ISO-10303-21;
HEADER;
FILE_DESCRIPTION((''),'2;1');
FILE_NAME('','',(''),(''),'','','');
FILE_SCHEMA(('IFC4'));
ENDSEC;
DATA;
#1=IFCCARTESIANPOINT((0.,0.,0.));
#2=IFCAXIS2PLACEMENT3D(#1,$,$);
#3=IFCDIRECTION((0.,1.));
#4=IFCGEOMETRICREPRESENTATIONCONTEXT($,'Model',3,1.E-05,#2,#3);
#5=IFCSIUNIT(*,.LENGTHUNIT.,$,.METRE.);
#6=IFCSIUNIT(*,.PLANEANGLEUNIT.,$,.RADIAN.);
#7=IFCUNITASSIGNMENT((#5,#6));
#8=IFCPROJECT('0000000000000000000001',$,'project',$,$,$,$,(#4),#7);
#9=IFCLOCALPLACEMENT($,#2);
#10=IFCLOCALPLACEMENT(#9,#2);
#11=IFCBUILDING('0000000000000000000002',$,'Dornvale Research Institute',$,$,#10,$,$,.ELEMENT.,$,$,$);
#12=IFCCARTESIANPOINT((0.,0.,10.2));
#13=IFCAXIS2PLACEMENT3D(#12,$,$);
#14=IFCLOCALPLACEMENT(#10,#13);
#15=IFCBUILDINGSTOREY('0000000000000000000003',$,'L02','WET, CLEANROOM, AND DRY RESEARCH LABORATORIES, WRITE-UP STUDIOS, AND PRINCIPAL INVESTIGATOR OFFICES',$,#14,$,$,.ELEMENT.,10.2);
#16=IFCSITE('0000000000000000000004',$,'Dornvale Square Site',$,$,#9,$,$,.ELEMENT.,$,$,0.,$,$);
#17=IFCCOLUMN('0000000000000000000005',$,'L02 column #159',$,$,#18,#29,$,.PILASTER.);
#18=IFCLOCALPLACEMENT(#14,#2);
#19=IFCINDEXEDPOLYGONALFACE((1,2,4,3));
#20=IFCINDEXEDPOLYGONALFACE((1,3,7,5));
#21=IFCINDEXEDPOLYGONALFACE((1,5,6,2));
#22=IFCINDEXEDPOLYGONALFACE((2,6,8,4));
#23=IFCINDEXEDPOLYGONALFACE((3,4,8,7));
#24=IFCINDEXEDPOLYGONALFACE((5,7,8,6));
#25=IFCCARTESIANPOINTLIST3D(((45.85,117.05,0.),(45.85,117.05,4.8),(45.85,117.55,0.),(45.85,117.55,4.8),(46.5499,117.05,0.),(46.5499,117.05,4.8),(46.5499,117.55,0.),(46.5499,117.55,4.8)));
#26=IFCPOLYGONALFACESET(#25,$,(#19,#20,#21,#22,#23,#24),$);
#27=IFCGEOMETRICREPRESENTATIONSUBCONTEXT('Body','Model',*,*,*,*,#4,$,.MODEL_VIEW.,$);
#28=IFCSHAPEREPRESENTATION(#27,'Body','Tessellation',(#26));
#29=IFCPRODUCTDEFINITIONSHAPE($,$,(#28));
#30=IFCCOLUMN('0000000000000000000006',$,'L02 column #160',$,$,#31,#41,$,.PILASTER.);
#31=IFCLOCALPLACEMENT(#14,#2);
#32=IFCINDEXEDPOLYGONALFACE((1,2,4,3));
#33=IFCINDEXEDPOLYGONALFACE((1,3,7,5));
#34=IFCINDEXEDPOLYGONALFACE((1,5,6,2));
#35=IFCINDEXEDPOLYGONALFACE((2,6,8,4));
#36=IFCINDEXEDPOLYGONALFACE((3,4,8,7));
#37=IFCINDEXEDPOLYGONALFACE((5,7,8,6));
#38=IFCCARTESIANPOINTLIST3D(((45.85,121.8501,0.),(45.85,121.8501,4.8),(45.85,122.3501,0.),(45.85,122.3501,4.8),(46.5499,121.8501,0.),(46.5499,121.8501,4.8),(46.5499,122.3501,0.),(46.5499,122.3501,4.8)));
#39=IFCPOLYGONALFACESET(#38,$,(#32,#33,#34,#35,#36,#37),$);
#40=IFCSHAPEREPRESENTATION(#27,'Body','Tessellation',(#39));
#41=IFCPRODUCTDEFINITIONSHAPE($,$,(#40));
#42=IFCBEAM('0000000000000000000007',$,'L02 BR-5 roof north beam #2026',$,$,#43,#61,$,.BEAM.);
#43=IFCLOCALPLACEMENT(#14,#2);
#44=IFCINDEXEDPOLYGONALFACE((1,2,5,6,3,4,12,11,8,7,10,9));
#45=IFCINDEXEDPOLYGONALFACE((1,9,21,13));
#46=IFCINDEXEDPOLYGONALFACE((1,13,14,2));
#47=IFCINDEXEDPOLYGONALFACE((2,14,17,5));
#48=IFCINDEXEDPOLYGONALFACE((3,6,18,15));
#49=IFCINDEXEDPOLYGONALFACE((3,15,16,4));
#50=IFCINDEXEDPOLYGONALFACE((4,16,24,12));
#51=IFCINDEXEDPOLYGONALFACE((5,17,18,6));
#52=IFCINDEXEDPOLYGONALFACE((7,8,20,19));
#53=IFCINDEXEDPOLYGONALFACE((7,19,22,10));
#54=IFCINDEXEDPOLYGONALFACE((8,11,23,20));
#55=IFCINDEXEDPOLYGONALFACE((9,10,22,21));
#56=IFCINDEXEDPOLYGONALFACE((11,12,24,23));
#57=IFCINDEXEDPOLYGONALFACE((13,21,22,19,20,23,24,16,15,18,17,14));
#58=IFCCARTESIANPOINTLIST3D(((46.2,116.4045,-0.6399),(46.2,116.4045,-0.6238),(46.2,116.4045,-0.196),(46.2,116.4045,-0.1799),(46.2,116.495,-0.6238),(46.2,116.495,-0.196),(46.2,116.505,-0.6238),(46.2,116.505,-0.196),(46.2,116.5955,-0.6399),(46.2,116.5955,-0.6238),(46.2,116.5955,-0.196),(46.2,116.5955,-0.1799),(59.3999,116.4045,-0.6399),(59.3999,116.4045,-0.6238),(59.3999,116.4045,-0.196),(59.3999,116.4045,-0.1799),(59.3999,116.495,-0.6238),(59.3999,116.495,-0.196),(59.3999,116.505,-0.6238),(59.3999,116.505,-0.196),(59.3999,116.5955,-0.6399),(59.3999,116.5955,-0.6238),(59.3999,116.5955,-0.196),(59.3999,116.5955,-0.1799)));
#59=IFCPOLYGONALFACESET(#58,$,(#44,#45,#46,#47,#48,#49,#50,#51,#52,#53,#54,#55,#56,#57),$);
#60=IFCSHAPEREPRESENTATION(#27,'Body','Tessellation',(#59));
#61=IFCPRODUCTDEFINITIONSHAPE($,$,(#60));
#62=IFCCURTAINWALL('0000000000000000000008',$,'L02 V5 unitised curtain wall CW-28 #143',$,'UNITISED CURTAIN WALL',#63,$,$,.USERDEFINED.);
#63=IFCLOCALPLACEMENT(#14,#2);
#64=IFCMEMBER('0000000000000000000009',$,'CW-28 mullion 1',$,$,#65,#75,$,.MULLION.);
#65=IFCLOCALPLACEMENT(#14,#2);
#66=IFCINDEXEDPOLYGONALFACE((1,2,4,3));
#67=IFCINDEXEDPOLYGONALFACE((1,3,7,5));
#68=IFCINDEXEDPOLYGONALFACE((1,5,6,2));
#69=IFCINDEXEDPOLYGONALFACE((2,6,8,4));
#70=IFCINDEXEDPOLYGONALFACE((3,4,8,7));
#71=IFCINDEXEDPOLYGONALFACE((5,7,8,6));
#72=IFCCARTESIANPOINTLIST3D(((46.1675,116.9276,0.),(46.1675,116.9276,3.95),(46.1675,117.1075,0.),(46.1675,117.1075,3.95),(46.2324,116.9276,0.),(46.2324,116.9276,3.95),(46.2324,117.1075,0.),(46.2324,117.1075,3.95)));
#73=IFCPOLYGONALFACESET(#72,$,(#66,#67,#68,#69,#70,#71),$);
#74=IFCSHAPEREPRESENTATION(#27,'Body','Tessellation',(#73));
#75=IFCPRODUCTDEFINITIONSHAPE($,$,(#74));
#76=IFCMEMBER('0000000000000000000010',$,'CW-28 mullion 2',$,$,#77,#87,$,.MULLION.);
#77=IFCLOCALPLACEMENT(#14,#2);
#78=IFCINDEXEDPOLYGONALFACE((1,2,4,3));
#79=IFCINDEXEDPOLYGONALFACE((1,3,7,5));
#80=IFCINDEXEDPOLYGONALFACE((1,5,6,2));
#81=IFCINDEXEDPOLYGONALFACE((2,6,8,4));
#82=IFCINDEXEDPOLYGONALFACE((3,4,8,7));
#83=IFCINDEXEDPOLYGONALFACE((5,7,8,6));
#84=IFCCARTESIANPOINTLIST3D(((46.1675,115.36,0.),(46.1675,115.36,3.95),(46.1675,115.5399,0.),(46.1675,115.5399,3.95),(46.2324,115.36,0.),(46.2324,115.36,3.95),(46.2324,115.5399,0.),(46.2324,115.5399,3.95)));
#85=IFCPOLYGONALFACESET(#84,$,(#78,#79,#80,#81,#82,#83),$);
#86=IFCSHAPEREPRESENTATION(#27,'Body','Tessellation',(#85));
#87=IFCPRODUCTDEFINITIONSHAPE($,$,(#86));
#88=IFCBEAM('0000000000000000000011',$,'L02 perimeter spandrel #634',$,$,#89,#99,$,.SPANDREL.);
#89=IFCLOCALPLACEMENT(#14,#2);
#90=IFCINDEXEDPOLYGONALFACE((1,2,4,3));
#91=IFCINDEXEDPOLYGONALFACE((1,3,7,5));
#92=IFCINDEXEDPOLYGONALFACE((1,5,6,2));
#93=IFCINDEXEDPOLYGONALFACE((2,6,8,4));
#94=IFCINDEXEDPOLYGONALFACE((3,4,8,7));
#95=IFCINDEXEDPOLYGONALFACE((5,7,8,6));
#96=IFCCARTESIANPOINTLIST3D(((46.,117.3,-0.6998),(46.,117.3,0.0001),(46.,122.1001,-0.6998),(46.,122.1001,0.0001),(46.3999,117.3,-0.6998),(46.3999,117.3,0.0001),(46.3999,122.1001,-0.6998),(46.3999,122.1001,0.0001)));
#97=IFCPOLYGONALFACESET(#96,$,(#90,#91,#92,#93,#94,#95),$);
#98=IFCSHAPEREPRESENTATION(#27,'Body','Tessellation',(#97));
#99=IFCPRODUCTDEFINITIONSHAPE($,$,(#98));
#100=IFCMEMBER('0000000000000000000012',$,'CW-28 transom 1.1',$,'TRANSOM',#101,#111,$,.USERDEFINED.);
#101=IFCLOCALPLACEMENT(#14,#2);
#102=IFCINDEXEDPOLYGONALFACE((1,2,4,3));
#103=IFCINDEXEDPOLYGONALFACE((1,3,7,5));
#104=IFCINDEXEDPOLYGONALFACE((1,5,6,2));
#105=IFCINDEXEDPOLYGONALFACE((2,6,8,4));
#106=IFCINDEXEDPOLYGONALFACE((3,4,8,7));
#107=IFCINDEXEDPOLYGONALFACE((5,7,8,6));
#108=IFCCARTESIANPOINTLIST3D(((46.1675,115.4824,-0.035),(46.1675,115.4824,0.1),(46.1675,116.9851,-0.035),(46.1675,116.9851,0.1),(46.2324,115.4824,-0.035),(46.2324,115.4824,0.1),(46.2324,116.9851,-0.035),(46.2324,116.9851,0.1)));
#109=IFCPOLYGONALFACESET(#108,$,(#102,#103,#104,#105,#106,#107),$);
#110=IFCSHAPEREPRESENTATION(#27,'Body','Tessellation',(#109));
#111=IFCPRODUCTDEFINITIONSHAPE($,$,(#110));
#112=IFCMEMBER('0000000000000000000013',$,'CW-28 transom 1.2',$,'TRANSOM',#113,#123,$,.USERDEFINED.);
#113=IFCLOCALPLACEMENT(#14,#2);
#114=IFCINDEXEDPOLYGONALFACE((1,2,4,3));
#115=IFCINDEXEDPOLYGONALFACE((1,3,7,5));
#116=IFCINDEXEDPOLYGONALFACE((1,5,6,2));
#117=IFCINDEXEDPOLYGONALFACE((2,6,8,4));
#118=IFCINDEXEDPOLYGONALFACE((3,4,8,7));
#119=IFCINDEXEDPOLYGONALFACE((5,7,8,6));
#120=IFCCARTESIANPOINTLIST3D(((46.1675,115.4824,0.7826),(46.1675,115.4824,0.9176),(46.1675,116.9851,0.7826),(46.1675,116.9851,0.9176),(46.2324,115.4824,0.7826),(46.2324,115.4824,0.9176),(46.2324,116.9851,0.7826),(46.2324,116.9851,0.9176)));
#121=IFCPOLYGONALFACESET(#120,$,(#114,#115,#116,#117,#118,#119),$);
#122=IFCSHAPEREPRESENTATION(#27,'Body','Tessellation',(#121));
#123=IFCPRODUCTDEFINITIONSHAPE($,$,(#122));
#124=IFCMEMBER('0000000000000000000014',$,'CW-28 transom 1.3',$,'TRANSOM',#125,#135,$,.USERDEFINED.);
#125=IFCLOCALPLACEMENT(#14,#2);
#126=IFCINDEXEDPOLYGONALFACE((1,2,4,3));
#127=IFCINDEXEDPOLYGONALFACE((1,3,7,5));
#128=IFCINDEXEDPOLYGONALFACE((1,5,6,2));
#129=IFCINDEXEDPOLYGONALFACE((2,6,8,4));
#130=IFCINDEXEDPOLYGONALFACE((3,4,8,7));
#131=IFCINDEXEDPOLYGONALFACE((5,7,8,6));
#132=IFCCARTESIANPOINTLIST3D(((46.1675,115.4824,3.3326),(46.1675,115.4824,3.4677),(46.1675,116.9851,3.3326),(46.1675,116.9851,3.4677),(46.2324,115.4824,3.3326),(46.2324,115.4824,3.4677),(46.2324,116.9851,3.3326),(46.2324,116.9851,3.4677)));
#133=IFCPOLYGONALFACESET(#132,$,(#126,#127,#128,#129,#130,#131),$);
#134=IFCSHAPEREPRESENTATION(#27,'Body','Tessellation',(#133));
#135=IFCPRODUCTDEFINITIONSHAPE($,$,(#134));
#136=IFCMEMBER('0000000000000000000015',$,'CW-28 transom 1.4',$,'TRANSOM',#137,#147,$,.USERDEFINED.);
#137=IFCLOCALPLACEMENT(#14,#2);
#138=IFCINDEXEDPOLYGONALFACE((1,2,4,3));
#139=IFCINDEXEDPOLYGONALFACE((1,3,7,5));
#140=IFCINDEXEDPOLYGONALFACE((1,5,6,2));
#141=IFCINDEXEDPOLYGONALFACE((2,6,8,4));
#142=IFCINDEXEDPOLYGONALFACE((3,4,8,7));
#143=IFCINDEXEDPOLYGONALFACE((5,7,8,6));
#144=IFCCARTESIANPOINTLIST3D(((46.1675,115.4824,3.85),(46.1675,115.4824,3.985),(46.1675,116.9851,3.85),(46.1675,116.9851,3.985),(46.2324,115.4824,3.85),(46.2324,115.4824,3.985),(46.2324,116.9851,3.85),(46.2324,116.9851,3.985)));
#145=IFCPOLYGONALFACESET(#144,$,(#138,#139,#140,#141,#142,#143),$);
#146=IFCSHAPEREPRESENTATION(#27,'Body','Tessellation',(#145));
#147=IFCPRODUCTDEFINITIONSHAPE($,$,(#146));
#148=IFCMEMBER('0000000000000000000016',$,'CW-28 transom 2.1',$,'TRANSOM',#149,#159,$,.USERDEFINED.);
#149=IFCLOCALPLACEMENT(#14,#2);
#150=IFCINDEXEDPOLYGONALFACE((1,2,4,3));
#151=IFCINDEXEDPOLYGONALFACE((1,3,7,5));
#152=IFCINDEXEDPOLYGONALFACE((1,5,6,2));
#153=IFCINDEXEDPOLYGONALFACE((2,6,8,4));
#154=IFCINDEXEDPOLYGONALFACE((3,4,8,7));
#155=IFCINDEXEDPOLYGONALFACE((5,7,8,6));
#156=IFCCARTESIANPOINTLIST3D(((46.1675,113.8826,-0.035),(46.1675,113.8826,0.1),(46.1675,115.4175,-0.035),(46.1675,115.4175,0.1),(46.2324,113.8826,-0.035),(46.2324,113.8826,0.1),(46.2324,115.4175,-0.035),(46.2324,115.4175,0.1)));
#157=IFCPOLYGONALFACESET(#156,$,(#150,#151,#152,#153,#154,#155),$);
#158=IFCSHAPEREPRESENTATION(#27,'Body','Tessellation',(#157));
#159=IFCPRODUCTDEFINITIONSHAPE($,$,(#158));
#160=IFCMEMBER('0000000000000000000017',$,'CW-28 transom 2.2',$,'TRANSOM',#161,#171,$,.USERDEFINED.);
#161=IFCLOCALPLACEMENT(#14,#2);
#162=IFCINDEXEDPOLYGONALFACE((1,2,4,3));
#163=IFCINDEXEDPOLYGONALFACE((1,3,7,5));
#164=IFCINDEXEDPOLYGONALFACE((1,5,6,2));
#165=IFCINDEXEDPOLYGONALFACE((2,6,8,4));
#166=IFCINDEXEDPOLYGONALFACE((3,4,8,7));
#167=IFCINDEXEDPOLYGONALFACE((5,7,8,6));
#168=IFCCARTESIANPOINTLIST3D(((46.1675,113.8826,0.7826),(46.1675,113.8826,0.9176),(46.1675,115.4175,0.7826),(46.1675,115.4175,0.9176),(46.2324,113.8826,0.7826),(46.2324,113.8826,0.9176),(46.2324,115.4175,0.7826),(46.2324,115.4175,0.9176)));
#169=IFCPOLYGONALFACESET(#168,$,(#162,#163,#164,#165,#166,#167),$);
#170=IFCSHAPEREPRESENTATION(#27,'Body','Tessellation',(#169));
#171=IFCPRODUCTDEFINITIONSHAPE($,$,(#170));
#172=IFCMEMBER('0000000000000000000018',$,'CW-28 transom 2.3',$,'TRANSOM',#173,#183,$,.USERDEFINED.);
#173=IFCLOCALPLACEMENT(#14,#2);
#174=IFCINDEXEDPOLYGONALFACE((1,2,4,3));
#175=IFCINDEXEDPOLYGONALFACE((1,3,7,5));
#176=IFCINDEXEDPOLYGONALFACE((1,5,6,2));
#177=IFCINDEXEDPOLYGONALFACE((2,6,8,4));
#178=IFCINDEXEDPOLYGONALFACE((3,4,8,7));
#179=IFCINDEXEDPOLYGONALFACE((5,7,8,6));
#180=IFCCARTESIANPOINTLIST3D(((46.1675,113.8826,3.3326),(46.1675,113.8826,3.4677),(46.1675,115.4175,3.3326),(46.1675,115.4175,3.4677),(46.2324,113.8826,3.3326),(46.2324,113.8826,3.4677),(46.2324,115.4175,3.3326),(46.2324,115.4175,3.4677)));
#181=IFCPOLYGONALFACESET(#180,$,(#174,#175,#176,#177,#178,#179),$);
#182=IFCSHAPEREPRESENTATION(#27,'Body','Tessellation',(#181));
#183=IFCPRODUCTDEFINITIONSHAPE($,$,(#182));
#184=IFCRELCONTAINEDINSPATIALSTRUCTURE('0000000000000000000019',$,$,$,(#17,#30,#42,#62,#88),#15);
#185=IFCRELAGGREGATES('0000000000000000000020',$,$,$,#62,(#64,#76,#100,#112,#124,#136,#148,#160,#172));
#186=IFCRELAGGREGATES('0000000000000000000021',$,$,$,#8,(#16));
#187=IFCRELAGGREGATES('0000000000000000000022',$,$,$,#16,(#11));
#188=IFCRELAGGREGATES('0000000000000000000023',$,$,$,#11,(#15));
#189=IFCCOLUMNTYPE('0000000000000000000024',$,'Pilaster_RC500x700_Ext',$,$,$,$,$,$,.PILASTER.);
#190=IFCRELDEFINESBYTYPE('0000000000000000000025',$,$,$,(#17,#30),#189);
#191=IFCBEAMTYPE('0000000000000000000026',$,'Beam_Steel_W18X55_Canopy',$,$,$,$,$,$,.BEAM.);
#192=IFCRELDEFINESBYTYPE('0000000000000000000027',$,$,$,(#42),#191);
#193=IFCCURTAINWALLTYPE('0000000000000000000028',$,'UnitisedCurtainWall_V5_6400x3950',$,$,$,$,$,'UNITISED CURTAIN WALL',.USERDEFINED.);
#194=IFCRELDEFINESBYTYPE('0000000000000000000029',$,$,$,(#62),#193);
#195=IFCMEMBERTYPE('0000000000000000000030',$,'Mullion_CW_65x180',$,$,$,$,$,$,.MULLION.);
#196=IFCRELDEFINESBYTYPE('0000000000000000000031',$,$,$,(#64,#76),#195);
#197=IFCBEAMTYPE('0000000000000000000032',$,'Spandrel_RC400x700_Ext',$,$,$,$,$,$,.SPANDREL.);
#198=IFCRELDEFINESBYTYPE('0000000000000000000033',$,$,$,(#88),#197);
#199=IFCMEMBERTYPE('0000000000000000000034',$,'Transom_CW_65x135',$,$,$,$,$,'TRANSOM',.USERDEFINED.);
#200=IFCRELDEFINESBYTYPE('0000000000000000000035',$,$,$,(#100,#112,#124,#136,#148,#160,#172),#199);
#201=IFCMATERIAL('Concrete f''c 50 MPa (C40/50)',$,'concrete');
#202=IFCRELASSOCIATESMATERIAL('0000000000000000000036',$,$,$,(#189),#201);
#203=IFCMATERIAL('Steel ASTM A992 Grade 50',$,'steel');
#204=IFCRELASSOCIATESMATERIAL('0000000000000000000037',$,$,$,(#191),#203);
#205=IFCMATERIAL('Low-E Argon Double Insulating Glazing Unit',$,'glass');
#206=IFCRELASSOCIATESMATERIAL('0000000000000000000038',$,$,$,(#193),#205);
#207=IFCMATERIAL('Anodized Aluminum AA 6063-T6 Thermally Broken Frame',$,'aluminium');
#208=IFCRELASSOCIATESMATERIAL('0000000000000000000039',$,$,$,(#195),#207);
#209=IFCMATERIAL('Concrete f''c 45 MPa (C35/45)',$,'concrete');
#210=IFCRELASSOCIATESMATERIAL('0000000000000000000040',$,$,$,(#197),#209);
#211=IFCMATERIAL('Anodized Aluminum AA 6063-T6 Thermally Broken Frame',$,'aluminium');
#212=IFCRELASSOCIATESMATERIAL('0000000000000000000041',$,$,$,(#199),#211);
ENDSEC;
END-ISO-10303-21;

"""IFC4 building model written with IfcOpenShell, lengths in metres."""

from ifc_helpers import new_model, si_unit, direction, frame, origin, origin_2d, place, context, subcontext, project, spatial, rectangle, i_section, extrude, material, material_profile, profile_set, type_object, element, aggregate, save


model = new_model("IFC4")

# Units and contexts
model_context = context("Model", 3, precision=1e-05, world=origin(), true_north=direction((0.0, 1.0)))
body_context = subcontext(model_context, "Body", "Model", "MODEL_VIEW")
ifc_project = project(units=[si_unit("LENGTHUNIT", "METRE"), si_unit("PLANEANGLEUNIT", "RADIAN")], contexts=[model_context])

# Site, building, storey
site_placement = place(None, origin())
site = spatial("IfcSite", under=ifc_project, at=site_placement, Name="Dornvale Square Site", CompositionType="ELEMENT", RefElevation=0.0)
building_placement = place(site_placement, origin())
building = spatial("IfcBuilding", under=site, at=building_placement, Name="Dornvale Research Institute", CompositionType="ELEMENT")
storey_placement = place(building_placement, frame((0.0, 0.0, 10.2)))
storey = spatial("IfcBuildingStorey", under=building, at=storey_placement, Name="L02", Description="WET, CLEANROOM, AND DRY RESEARCH LABORATORIES, WRITE-UP STUDIOS, AND PRINCIPAL INVESTIGATOR OFFICES", CompositionType="ELEMENT", Elevation=10.2)

# Columns
ifc_material_1 = material(Name="Concrete f'c 50 MPa (C40/50)", Category="concrete")
ifc_material_profile_1 = material_profile(ifc_material_1, rectangle(XDim=0.5, YDim=0.7, at=origin_2d()), Name="RC 500x700")
ifc_profile_set_1 = profile_set([ifc_material_profile_1], Name="Concrete f'c 50 MPa (C40/50)")
column_type = type_object("IfcColumnType", Name="Pilaster_RC500x700_Ext", PredefinedType="PILASTER", material=ifc_profile_set_1)
for number, where, z_axis, x_axis, name in (
    (1, (46.2, 117.3, 0.0), (0.0, 0.0, 1.0), (0.0, 1.0, 0.0), "L02 column #159"),
    (2, (46.2, 122.1001, 0.0), (0.0, 0.0, 1.0), (0.0, 1.0, 0.0), "L02 column #160"),
):
    element("IfcColumn", number, at=place(storey_placement, frame(where, z_axis=z_axis, x_axis=x_axis)), inside=storey, type_object=column_type, Name=name, PredefinedType="PILASTER", context=body_context, shape_type="SweptSolid", body=[
        extrude(rectangle(XDim=0.5, YDim=0.7, at=origin_2d()), origin(), (0.0, 0.0, 1.0), 4.8),
    ])

# Beam
ifc_material_2 = material(Name="Steel ASTM A992 Grade 50", Category="steel")
ifc_material_profile_2 = material_profile(ifc_material_2, i_section(OverallWidth=0.1909, OverallDepth=0.46, WebThickness=0.01, FlangeThickness=0.0161, at=origin_2d()), Name="W18X55")
ifc_profile_set_2 = profile_set([ifc_material_profile_2], Name="Steel ASTM A992 Grade 50")
beam_type_1 = type_object("IfcBeamType", Name="Beam_Steel_W18X55_Canopy", PredefinedType="BEAM", material=ifc_profile_set_2)
beam_1_placement = place(storey_placement, frame((46.2, 116.5, -0.4099), z_axis=(1.0, 0.0, 0.0), x_axis=(0.0, 1.0, 0.0)))
element("IfcBeam", 3, at=beam_1_placement, inside=storey, type_object=beam_type_1, Name="L02 BR-5 roof north beam #2026", PredefinedType="BEAM", context=body_context, shape_type="SweptSolid", body=[
    extrude(i_section(OverallWidth=0.1909, OverallDepth=0.46, WebThickness=0.01, FlangeThickness=0.0161, at=origin_2d()), origin(), (0.0, 0.0, 1.0), 13.2),
])

# Curtain wall, members
ifc_material_3 = material(Name="Low-E Argon Double Insulating Glazing Unit", Category="glass")
curtain_wall_type = type_object("IfcCurtainWallType", Name="UnitisedCurtainWall_V5_6400x3950", ElementType="UNITISED CURTAIN WALL", PredefinedType="USERDEFINED", material=ifc_material_3)
curtain_wall_placement = place(storey_placement, origin())
curtain_wall = element("IfcCurtainWall", 4, at=curtain_wall_placement, inside=storey, type_object=curtain_wall_type, Name="L02 V5 unitised curtain wall CW-28 #143", ObjectType="UNITISED CURTAIN WALL", PredefinedType="USERDEFINED")
ifc_material_4 = material(Name="Anodized Aluminum AA 6063-T6 Thermally Broken Frame", Category="aluminium")
ifc_material_profile_3 = material_profile(ifc_material_4, rectangle(XDim=0.0649, YDim=0.1799, at=origin_2d()), Name="ALU MULLION 65x180")
ifc_profile_set_3 = profile_set([ifc_material_profile_3], Name="Anodized Aluminum AA 6063-T6 Thermally Broken Frame")
member_type_1 = type_object("IfcMemberType", Name="Mullion_CW_65x180", PredefinedType="MULLION", material=ifc_profile_set_3)
member_1_placement = place(storey_placement, frame((46.2, 117.0176, 0.0), z_axis=(0.0, 0.0, 1.0), x_axis=(1.0, 0.0, 0.0)))
member_1 = element("IfcMember", 5, at=member_1_placement, type_object=member_type_1, Name="CW-28 mullion 1", PredefinedType="MULLION", context=body_context, shape_type="SweptSolid", body=[
    extrude(rectangle(XDim=0.0649, YDim=0.1799, at=origin_2d()), origin(), (0.0, 0.0, 1.0), 3.95),
])
member_2_placement = place(storey_placement, frame((46.2, 115.45, 0.0), z_axis=(0.0, 0.0, 1.0), x_axis=(1.0, 0.0, 0.0)))
member_2 = element("IfcMember", 6, at=member_2_placement, type_object=member_type_1, Name="CW-28 mullion 2", PredefinedType="MULLION", context=body_context, shape_type="SweptSolid", body=[
    extrude(rectangle(XDim=0.0649, YDim=0.1799, at=origin_2d()), origin(), (0.0, 0.0, 1.0), 3.95),
])

# Beam
ifc_material_5 = material(Name="Concrete f'c 45 MPa (C35/45)", Category="concrete")
ifc_material_profile_4 = material_profile(ifc_material_5, rectangle(XDim=0.3999, YDim=0.7, at=origin_2d()), Name="RC 400x700")
ifc_profile_set_4 = profile_set([ifc_material_profile_4], Name="Concrete f'c 45 MPa (C35/45)")
beam_type_2 = type_object("IfcBeamType", Name="Spandrel_RC400x700_Ext", PredefinedType="SPANDREL", material=ifc_profile_set_4)
beam_2_placement = place(storey_placement, frame((46.2, 117.3, -0.3499), z_axis=(0.0, 1.0, 0.0), x_axis=(-1.0, 0.0, 0.0)))
element("IfcBeam", 7, at=beam_2_placement, inside=storey, type_object=beam_type_2, Name="L02 perimeter spandrel #634", PredefinedType="SPANDREL", context=body_context, shape_type="SweptSolid", body=[
    extrude(rectangle(XDim=0.3999, YDim=0.7, at=origin_2d()), origin(), (0.0, 0.0, 1.0), 4.8),
])

# Members
ifc_material_6 = material(Name="Anodized Aluminum AA 6063-T6 Thermally Broken Frame", Category="aluminium")
ifc_material_profile_5 = material_profile(ifc_material_6, rectangle(XDim=0.0649, YDim=0.135, at=origin_2d()), Name="ALU TRANSOM 65x135")
ifc_profile_set_5 = profile_set([ifc_material_profile_5], Name="Anodized Aluminum AA 6063-T6 Thermally Broken Frame")
member_type_2 = type_object("IfcMemberType", Name="Transom_CW_65x135", ElementType="TRANSOM", PredefinedType="USERDEFINED", material=ifc_profile_set_5)
member_3_placement = place(storey_placement, frame((46.2, 116.9851, 0.0325), z_axis=(0.0, -1.0, 0.0), x_axis=(1.0, 0.0, 0.0)))
member_3 = element("IfcMember", 8, at=member_3_placement, type_object=member_type_2, Name="CW-28 transom 1.1", ObjectType="TRANSOM", PredefinedType="USERDEFINED", context=body_context, shape_type="SweptSolid", body=[
    extrude(rectangle(XDim=0.0649, YDim=0.135, at=origin_2d()), origin(), (0.0, 0.0, 1.0), 1.5027),
])
member_4_placement = place(storey_placement, frame((46.2, 116.9851, 0.8501), z_axis=(0.0, -1.0, 0.0), x_axis=(1.0, 0.0, 0.0)))
member_4 = element("IfcMember", 9, at=member_4_placement, type_object=member_type_2, Name="CW-28 transom 1.2", ObjectType="TRANSOM", PredefinedType="USERDEFINED", context=body_context, shape_type="SweptSolid", body=[
    extrude(rectangle(XDim=0.0649, YDim=0.135, at=origin_2d()), origin(), (0.0, 0.0, 1.0), 1.5027),
])
member_5_placement = place(storey_placement, frame((46.2, 116.9851, 3.4001), z_axis=(0.0, -1.0, 0.0), x_axis=(1.0, 0.0, 0.0)))
member_5 = element("IfcMember", 10, at=member_5_placement, type_object=member_type_2, Name="CW-28 transom 1.3", ObjectType="TRANSOM", PredefinedType="USERDEFINED", context=body_context, shape_type="SweptSolid", body=[
    extrude(rectangle(XDim=0.0649, YDim=0.135, at=origin_2d()), origin(), (0.0, 0.0, 1.0), 1.5027),
])
member_6_placement = place(storey_placement, frame((46.2, 116.9851, 3.9175), z_axis=(0.0, -1.0, 0.0), x_axis=(1.0, 0.0, 0.0)))
member_6 = element("IfcMember", 11, at=member_6_placement, type_object=member_type_2, Name="CW-28 transom 1.4", ObjectType="TRANSOM", PredefinedType="USERDEFINED", context=body_context, shape_type="SweptSolid", body=[
    extrude(rectangle(XDim=0.0649, YDim=0.135, at=origin_2d()), origin(), (0.0, 0.0, 1.0), 1.5027),
])
member_7_placement = place(storey_placement, frame((46.2, 115.4175, 0.0325), z_axis=(0.0, -1.0, 0.0), x_axis=(1.0, 0.0, 0.0)))
member_7 = element("IfcMember", 12, at=member_7_placement, type_object=member_type_2, Name="CW-28 transom 2.1", ObjectType="TRANSOM", PredefinedType="USERDEFINED", context=body_context, shape_type="SweptSolid", body=[
    extrude(rectangle(XDim=0.0649, YDim=0.135, at=origin_2d()), origin(), (0.0, 0.0, 1.0), 1.5349),
])
member_8_placement = place(storey_placement, frame((46.2, 115.4175, 0.8501), z_axis=(0.0, -1.0, 0.0), x_axis=(1.0, 0.0, 0.0)))
member_8 = element("IfcMember", 13, at=member_8_placement, type_object=member_type_2, Name="CW-28 transom 2.2", ObjectType="TRANSOM", PredefinedType="USERDEFINED", context=body_context, shape_type="SweptSolid", body=[
    extrude(rectangle(XDim=0.0649, YDim=0.135, at=origin_2d()), origin(), (0.0, 0.0, 1.0), 1.5349),
])
member_9_placement = place(storey_placement, frame((46.2, 115.4175, 3.4001), z_axis=(0.0, -1.0, 0.0), x_axis=(1.0, 0.0, 0.0)))
member_9 = element("IfcMember", 14, at=member_9_placement, type_object=member_type_2, Name="CW-28 transom 2.3", ObjectType="TRANSOM", PredefinedType="USERDEFINED", context=body_context, shape_type="SweptSolid", body=[
    extrude(rectangle(XDim=0.0649, YDim=0.135, at=origin_2d()), origin(), (0.0, 0.0, 1.0), 1.5349),
])

aggregate(curtain_wall, [member_1, member_2, member_3, member_4, member_5, member_6, member_7, member_8, member_9])

save(model, "model.ifc")
